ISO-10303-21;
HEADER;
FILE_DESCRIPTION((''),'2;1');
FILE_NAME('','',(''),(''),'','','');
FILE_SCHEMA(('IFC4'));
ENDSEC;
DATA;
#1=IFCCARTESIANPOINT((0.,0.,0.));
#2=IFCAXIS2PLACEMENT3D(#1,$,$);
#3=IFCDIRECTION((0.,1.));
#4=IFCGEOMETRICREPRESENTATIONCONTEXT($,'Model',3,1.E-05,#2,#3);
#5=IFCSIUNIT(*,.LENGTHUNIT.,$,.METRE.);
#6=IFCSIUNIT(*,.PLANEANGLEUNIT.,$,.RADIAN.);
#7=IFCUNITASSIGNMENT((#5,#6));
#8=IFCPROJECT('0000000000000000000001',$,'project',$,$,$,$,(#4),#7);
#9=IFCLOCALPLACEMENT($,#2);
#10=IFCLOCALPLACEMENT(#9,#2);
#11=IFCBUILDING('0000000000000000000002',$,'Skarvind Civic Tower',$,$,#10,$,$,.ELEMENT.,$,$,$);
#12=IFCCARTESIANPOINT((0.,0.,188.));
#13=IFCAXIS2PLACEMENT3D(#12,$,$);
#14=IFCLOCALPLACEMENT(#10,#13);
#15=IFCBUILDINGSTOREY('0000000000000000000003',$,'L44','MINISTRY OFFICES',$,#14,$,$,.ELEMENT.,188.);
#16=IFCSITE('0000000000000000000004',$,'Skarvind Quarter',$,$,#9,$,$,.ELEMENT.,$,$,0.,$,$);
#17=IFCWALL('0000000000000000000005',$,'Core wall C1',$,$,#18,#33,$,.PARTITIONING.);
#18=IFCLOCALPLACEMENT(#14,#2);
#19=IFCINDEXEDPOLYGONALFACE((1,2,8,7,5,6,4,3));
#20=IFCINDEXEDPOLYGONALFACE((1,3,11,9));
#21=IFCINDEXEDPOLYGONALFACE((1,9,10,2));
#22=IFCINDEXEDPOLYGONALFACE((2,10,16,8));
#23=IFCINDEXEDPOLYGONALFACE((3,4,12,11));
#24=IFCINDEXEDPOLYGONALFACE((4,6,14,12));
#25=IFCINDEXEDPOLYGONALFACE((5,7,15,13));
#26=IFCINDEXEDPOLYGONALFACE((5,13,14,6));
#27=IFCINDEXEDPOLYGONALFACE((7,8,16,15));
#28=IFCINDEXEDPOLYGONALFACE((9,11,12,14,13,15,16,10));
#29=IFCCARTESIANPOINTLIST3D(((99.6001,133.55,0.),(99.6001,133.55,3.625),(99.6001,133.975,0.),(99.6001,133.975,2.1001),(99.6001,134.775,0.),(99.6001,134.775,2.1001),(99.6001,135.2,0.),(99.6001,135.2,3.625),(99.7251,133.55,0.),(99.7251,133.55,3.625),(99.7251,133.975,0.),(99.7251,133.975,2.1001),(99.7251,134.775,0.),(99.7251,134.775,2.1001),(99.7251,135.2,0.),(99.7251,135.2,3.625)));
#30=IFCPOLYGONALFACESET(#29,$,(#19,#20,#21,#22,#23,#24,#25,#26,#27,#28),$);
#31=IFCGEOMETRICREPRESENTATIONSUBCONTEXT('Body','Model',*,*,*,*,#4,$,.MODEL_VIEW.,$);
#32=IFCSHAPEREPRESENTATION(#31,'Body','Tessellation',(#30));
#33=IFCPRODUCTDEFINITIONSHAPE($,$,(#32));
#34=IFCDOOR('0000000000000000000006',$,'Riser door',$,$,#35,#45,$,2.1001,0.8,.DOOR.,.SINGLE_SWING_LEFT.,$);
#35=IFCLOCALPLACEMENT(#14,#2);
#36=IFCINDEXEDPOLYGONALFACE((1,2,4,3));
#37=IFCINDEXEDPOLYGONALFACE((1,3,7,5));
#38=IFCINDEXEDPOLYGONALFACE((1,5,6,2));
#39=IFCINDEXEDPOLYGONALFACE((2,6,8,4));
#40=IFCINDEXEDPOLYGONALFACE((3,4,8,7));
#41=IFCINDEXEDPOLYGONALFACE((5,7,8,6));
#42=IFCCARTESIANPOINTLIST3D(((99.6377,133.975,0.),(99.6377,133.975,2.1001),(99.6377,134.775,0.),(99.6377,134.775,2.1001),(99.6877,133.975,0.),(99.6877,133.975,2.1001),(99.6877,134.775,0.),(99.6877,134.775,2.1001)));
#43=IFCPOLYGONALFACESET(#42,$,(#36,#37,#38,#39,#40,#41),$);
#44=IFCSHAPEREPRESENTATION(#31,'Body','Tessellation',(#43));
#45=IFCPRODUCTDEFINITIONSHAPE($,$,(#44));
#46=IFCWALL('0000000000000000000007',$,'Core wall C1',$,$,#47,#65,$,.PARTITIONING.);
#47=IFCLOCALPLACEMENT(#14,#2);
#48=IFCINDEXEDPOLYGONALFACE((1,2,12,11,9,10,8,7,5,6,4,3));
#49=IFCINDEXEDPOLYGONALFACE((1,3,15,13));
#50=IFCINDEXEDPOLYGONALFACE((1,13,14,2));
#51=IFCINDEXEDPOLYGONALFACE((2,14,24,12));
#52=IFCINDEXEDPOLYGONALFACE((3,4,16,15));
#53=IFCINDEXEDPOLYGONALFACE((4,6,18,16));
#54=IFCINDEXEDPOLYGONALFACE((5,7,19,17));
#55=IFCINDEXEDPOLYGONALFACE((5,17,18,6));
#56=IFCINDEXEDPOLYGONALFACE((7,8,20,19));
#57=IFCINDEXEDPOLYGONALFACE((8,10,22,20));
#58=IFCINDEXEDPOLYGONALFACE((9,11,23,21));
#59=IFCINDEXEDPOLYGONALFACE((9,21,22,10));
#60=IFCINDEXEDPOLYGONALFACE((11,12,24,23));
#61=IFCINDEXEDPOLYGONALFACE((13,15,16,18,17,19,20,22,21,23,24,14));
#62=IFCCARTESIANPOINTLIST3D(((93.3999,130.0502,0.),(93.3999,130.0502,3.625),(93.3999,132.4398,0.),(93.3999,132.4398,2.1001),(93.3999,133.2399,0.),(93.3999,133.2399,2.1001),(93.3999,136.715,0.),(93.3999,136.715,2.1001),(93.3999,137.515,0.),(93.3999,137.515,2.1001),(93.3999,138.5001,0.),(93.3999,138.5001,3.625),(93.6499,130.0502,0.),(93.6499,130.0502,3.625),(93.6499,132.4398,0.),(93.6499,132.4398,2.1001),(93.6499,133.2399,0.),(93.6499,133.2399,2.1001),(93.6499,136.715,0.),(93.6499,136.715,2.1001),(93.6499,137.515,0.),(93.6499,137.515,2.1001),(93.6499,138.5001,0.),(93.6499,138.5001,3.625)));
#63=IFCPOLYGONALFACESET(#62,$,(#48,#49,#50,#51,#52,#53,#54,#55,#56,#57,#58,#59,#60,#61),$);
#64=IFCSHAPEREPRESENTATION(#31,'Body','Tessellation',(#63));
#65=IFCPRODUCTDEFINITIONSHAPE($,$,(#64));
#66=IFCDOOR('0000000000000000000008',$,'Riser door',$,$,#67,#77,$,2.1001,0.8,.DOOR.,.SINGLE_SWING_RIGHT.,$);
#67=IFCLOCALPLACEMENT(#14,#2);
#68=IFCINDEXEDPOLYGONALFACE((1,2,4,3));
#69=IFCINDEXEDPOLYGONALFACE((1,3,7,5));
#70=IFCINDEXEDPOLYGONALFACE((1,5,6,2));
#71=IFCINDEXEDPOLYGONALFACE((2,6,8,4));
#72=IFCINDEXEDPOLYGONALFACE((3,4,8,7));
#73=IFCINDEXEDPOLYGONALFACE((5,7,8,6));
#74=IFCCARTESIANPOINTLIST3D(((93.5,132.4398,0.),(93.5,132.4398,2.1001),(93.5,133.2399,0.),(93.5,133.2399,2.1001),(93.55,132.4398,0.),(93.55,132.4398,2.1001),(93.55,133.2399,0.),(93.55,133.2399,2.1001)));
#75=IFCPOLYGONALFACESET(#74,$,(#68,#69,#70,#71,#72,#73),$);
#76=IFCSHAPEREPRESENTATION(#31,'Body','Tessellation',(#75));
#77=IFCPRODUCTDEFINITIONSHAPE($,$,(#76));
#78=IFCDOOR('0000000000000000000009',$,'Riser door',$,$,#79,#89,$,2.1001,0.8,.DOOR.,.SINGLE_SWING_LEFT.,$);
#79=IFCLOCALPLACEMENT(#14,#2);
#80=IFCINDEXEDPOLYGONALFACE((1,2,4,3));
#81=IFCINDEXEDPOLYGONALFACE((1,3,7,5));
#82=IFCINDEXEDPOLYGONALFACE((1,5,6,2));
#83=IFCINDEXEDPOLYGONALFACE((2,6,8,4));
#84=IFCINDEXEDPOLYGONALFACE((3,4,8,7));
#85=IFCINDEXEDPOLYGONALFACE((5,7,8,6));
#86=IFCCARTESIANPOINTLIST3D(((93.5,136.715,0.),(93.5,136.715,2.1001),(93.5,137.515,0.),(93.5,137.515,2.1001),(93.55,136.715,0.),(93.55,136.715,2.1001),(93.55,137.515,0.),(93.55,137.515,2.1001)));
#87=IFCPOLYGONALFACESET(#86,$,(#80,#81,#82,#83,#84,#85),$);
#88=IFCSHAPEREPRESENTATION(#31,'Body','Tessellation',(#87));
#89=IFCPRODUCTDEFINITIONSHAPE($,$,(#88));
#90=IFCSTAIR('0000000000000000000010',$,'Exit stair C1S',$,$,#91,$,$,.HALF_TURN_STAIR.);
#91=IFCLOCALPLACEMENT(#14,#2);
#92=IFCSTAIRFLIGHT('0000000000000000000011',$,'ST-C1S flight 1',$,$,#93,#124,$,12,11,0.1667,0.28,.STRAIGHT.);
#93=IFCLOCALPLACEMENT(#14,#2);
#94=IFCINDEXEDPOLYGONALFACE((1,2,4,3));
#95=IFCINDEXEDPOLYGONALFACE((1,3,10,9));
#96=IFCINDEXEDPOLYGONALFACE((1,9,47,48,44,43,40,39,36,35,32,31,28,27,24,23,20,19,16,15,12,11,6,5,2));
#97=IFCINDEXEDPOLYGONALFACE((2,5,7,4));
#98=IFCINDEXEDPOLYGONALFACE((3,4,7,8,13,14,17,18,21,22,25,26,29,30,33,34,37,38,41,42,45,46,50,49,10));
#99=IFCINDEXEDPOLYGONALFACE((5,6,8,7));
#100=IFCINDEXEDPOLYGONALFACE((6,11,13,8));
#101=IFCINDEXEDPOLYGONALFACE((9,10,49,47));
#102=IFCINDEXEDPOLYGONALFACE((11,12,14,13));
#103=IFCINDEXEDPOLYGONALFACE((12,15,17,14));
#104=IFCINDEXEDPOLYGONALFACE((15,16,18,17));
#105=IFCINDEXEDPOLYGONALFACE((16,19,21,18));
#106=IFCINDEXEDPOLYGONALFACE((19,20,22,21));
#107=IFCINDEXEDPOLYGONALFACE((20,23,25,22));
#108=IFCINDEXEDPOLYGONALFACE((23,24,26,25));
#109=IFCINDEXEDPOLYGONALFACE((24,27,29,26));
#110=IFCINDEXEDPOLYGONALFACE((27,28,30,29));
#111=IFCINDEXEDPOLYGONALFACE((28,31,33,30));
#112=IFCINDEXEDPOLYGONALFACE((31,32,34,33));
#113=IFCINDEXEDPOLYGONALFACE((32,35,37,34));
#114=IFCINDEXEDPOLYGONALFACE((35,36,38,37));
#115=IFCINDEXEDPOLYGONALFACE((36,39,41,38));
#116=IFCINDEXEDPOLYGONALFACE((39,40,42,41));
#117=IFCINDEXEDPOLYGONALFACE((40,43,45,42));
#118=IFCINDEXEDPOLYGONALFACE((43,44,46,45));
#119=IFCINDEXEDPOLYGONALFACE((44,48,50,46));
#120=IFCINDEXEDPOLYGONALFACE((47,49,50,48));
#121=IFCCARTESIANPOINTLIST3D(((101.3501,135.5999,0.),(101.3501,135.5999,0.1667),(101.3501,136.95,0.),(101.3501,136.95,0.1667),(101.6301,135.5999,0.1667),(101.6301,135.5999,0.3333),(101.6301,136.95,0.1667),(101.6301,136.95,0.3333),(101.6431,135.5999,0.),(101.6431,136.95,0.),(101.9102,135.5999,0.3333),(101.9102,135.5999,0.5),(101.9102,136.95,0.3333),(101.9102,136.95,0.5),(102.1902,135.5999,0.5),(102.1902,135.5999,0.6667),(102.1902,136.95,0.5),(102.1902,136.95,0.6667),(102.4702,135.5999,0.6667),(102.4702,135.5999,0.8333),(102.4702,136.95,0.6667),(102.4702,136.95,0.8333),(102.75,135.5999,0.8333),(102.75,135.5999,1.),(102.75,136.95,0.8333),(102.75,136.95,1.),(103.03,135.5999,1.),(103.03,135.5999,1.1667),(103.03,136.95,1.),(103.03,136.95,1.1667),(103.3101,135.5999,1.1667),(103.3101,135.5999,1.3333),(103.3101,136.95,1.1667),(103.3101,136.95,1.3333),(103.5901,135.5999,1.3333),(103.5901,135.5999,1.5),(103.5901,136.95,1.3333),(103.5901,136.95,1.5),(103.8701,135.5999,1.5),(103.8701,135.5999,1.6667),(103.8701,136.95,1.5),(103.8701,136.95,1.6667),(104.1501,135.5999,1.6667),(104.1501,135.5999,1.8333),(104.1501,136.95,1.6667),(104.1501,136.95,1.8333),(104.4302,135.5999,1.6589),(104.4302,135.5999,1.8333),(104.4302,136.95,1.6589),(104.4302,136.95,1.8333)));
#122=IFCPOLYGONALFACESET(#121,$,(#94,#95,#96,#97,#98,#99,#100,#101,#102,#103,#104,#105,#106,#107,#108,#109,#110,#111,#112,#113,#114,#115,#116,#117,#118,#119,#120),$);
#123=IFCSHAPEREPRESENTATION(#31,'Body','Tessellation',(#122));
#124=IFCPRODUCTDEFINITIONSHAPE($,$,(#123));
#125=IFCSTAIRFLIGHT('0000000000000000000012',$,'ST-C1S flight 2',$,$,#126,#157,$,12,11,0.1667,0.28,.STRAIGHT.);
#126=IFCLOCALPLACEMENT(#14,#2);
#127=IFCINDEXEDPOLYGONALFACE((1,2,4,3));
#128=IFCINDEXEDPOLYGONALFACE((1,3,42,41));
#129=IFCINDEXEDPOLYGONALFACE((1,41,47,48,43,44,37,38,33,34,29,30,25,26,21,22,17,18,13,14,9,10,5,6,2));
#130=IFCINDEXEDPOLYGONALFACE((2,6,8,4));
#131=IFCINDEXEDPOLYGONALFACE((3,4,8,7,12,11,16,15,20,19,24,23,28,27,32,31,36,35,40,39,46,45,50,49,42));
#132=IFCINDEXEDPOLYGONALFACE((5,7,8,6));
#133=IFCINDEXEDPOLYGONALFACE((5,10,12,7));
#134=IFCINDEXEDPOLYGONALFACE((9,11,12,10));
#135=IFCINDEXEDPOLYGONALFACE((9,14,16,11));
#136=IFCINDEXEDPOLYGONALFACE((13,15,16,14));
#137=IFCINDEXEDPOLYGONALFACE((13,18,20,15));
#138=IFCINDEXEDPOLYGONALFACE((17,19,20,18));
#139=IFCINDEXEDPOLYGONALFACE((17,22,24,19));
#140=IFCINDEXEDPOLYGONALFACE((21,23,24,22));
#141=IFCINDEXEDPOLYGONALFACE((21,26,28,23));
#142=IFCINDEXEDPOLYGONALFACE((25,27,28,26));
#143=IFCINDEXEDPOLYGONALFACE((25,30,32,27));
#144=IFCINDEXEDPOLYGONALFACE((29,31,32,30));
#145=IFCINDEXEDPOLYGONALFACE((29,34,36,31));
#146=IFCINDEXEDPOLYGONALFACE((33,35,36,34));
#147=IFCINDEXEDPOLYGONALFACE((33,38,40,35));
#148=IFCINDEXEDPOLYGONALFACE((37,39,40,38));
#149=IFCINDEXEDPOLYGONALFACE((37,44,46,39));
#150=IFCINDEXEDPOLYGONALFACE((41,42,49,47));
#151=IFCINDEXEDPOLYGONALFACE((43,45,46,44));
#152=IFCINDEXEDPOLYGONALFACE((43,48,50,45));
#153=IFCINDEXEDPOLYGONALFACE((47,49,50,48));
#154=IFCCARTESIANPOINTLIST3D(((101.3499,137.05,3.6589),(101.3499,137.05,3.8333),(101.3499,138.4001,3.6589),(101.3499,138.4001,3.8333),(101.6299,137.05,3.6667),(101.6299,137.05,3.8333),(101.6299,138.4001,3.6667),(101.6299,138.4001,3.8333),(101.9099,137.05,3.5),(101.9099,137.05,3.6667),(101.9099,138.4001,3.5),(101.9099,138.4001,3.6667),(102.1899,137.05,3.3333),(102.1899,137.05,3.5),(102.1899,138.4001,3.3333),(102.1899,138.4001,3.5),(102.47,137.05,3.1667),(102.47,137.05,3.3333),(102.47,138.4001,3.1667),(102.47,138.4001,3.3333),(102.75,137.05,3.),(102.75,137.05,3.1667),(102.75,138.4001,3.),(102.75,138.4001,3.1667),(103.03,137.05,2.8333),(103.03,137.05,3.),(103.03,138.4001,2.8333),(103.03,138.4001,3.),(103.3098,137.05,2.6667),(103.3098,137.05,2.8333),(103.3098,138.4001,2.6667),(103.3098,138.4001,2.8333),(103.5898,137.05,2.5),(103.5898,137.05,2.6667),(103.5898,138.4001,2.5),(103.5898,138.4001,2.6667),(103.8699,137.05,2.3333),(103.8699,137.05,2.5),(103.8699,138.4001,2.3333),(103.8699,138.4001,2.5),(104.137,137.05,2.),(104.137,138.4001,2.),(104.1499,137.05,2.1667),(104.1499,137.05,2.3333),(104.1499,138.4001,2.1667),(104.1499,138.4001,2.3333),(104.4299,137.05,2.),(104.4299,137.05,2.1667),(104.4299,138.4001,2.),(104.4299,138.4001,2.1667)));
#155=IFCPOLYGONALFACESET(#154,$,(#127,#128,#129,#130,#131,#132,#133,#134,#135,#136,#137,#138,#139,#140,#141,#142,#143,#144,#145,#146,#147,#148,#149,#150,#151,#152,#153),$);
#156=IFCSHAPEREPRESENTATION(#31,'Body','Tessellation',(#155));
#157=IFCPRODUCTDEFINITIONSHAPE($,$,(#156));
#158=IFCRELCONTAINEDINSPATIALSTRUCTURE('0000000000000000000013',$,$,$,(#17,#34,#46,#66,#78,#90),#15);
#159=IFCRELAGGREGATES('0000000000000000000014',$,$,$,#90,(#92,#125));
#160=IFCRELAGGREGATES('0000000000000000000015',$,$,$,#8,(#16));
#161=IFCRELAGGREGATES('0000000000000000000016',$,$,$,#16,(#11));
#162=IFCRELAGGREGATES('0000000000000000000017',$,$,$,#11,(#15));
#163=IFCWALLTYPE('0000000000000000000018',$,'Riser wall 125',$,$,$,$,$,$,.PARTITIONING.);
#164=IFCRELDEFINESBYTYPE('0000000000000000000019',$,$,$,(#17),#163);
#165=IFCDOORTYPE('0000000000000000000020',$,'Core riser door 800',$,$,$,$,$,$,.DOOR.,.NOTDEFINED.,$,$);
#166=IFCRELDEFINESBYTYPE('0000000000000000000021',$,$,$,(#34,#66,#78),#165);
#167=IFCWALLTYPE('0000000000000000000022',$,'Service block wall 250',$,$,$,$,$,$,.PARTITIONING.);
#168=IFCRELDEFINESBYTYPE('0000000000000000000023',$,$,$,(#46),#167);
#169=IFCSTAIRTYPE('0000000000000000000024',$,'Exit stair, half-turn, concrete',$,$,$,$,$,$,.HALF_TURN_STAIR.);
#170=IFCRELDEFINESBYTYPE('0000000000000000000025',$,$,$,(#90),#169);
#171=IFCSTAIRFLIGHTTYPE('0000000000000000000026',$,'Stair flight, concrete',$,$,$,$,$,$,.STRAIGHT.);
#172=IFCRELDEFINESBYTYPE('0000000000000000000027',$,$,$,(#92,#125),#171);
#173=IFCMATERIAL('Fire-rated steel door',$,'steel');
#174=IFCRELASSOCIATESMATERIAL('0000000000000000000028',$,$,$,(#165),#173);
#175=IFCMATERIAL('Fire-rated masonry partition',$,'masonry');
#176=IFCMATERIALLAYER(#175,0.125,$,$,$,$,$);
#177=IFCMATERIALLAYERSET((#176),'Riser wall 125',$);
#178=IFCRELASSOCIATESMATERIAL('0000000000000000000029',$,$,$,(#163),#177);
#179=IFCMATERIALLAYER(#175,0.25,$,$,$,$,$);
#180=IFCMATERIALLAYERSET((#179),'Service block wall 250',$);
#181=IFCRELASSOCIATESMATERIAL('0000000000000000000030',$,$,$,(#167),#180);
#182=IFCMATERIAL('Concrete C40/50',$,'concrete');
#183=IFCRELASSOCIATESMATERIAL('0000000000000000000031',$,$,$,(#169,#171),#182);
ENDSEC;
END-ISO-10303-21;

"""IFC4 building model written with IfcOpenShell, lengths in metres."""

from ifc_helpers import new_model, si_unit, direction, frame, frame_2d, origin, place, context, subcontext, project, spatial, polyline, rectangle, outline, extrude, material, layer, layer_set, type_object, element, fill, aggregate, save


model = new_model("IFC4")

# Units and contexts
model_context = context("Model", 3, precision=1e-05, world=origin(), true_north=direction((0.0, 1.0)))
body_context = subcontext(model_context, "Body", "Model", "MODEL_VIEW")
ifc_project = project(units=[si_unit("LENGTHUNIT", "METRE"), si_unit("PLANEANGLEUNIT", "RADIAN")], contexts=[model_context])

# Site, building, storey
site_placement = place(None, origin())
site = spatial("IfcSite", under=ifc_project, at=site_placement, Name="Skarvind Quarter", CompositionType="ELEMENT", RefElevation=0.0)
building_placement = place(site_placement, origin())
building = spatial("IfcBuilding", under=site, at=building_placement, Name="Skarvind Civic Tower", CompositionType="ELEMENT")
storey_placement = place(building_placement, frame((0.0, 0.0, 188.0)))
storey = spatial("IfcBuildingStorey", under=building, at=storey_placement, Name="L44", Description="MINISTRY OFFICES", CompositionType="ELEMENT", Elevation=188.0)

# Shared definitions
ifc_material_1 = material(Name="Fire-rated masonry partition", Category="masonry")
ifc_material_2 = material(Name="Fire-rated steel door", Category="steel")

# Shared definitions
door_type_1 = type_object("IfcDoorType", Name="Core riser door 800", OperationType="NOTDEFINED", PredefinedType="DOOR", material=ifc_material_2)

# Wall, opening, door
ifc_layer_1 = layer(ifc_material_1, 0.125)
ifc_layer_set_1 = layer_set([ifc_layer_1], Name="Riser wall 125")
wall_type_1 = type_object("IfcWallType", Name="Riser wall 125", PredefinedType="PARTITIONING", material=ifc_layer_set_1)
wall_1_placement = place(storey_placement, frame((99.6626, 133.55, 0.0), z_axis=(0.0, 0.0, 1.0), x_axis=(0.0, 1.0, 0.0)))
wall_1 = element("IfcWall", 1, at=wall_1_placement, inside=storey, type_object=wall_type_1, Name="Core wall C1", PredefinedType="PARTITIONING", context=body_context, shape_type="SweptSolid", body=[
    extrude(rectangle(XDim=1.6499, YDim=0.125, at=frame_2d((0.825, 0.0))), origin(), (0.0, 0.0, 1.0), 3.625),
])
opening_1_placement = place(wall_1_placement, frame((0.425, 0.0, 0.0)))
opening_1 = element("IfcOpeningElement", 2, at=opening_1_placement, cuts=wall_1, PredefinedType="OPENING", context=body_context, shape_type="SweptSolid", body=[
    extrude(rectangle(XDim=0.8, YDim=2.1001, at=frame_2d((0.3999, 1.05))), frame((0.0, 0.0725, 0.0), z_axis=(0.0, -1.0, 0.0), x_axis=(1.0, 0.0, 0.0)), (0.0, 0.0, 1.0), 0.145),
])
door_1_placement = place(opening_1_placement, origin())
door_1 = element("IfcDoor", 3, at=door_1_placement, inside=storey, type_object=door_type_1, Name="Riser door", OperationType="SINGLE_SWING_LEFT", OverallHeight=2.1001, OverallWidth=0.8, PredefinedType="DOOR", context=body_context, shape_type="SweptSolid", body=[
    extrude(rectangle(XDim=0.8, YDim=2.1001, at=frame_2d((0.3999, 1.05))), frame((0.0, 0.0249, 0.0), z_axis=(0.0, -1.0, 0.0), x_axis=(1.0, 0.0, 0.0)), (0.0, 0.0, 1.0), 0.05),
])
fill(opening_1, door_1)

# Wall, openings, doors
ifc_layer_2 = layer(ifc_material_1, 0.25)
ifc_layer_set_2 = layer_set([ifc_layer_2], Name="Service block wall 250")
wall_type_2 = type_object("IfcWallType", Name="Service block wall 250", PredefinedType="PARTITIONING", material=ifc_layer_set_2)
wall_2_placement = place(storey_placement, frame((93.5249, 130.05, 0.0), z_axis=(0.0, 0.0, 1.0), x_axis=(0.0, 1.0, 0.0)))
wall_2 = element("IfcWall", 4, at=wall_2_placement, inside=storey, type_object=wall_type_2, Name="Core wall C1", PredefinedType="PARTITIONING", context=body_context, shape_type="SweptSolid", body=[
    extrude(rectangle(XDim=8.45, YDim=0.25, at=frame_2d((4.2251, 0.0))), origin(), (0.0, 0.0, 1.0), 3.625),
])
opening_2_placement = place(wall_2_placement, frame((2.3899, 0.0, 0.0)))
opening_2 = element("IfcOpeningElement", 5, at=opening_2_placement, cuts=wall_2, PredefinedType="OPENING", context=body_context, shape_type="SweptSolid", body=[
    extrude(rectangle(XDim=0.8, YDim=2.1001, at=frame_2d((0.3999, 1.05))), frame((0.0, 0.135, 0.0), z_axis=(0.0, -1.0, 0.0), x_axis=(1.0, 0.0, 0.0)), (0.0, 0.0, 1.0), 0.27),
])
opening_3_placement = place(wall_2_placement, frame((6.665, 0.0, 0.0)))
opening_3 = element("IfcOpeningElement", 6, at=opening_3_placement, cuts=wall_2, PredefinedType="OPENING", context=body_context, shape_type="SweptSolid", body=[
    extrude(rectangle(XDim=0.8, YDim=2.1001, at=frame_2d((0.3999, 1.05))), frame((0.0, 0.135, 0.0), z_axis=(0.0, -1.0, 0.0), x_axis=(1.0, 0.0, 0.0)), (0.0, 0.0, 1.0), 0.27),
])
door_2_placement = place(opening_2_placement, origin())
door_2 = element("IfcDoor", 7, at=door_2_placement, inside=storey, type_object=door_type_1, Name="Riser door", OperationType="SINGLE_SWING_RIGHT", OverallHeight=2.1001, OverallWidth=0.8, PredefinedType="DOOR", context=body_context, shape_type="SweptSolid", body=[
    extrude(rectangle(XDim=0.8, YDim=2.1001, at=frame_2d((0.3999, 1.05))), frame((0.0, 0.0249, 0.0), z_axis=(0.0, -1.0, 0.0), x_axis=(1.0, 0.0, 0.0)), (0.0, 0.0, 1.0), 0.05),
])
fill(opening_2, door_2)
door_3_placement = place(opening_3_placement, origin())
door_3 = element("IfcDoor", 8, at=door_3_placement, inside=storey, type_object=door_type_1, Name="Riser door", OperationType="SINGLE_SWING_LEFT", OverallHeight=2.1001, OverallWidth=0.8, PredefinedType="DOOR", context=body_context, shape_type="SweptSolid", body=[
    extrude(rectangle(XDim=0.8, YDim=2.1001, at=frame_2d((0.3999, 1.05))), frame((0.0, 0.0249, 0.0), z_axis=(0.0, -1.0, 0.0), x_axis=(1.0, 0.0, 0.0)), (0.0, 0.0, 1.0), 0.05),
])
fill(opening_3, door_3)

# Stair, stair flights
ifc_material_3 = material(Name="Concrete C40/50", Category="concrete")
stair_type = type_object("IfcStairType", Name="Exit stair, half-turn, concrete", PredefinedType="HALF_TURN_STAIR", material=ifc_material_3)
stair_placement = place(storey_placement, origin())
stair = element("IfcStair", 9, at=stair_placement, inside=storey, type_object=stair_type, Name="Exit stair C1S", PredefinedType="HALF_TURN_STAIR")
stair_flight_type = type_object("IfcStairFlightType", Name="Stair flight, concrete", PredefinedType="STRAIGHT", material=ifc_material_3)
stair_flight_1_placement = place(storey_placement, frame((101.3501, 136.2749, 0.0), z_axis=(0.0, 0.0, 1.0), x_axis=(1.0, 0.0, 0.0)))
stair_flight_1 = element("IfcStairFlight", 10, at=stair_flight_1_placement, type_object=stair_flight_type, Name="ST-C1S flight 1", NumberOfRisers=12, NumberOfTreads=11, PredefinedType="STRAIGHT", RiserHeight=0.1667, TreadLength=0.28, context=body_context, shape_type="SweptSolid", body=[
    extrude(outline(polyline([(0.0, 0.0), (0.0, 0.1667), (0.28, 0.1667), (0.28, 0.3333), (0.5601, 0.3333), (0.5601, 0.5), (0.8401, 0.5), (0.8401, 0.6667), (1.1201, 0.6667), (1.1201, 0.8333), (1.3999, 0.8333), (1.3999, 1.0), (1.6799, 1.0), (1.6799, 1.1667), (1.96, 1.1667), (1.96, 1.3333), (2.24, 1.3333), (2.24, 1.5), (2.52, 1.5), (2.52, 1.6667), (2.8, 1.6667), (2.8, 1.8333), (3.0801, 1.8333), (3.0801, 2.0), (3.0801, 1.6589), (0.293, 0.0), (0.0, 0.0)])), frame((0.0, 0.675, 0.0), z_axis=(0.0, -1.0, 0.0), x_axis=(1.0, 0.0, 0.0)), (0.0, 0.0, 1.0), 1.3501),
])
stair_flight_2_placement = place(storey_placement, frame((104.4299, 137.7251, 2.0), z_axis=(0.0, 0.0, 1.0), x_axis=(-1.0, 0.0, 0.0)))
stair_flight_2 = element("IfcStairFlight", 11, at=stair_flight_2_placement, type_object=stair_flight_type, Name="ST-C1S flight 2", NumberOfRisers=12, NumberOfTreads=11, PredefinedType="STRAIGHT", RiserHeight=0.1667, TreadLength=0.28, context=body_context, shape_type="SweptSolid", body=[
    extrude(outline(polyline([(0.0, 0.0), (0.0, 0.1667), (0.28, 0.1667), (0.28, 0.3333), (0.5601, 0.3333), (0.5601, 0.5), (0.8401, 0.5), (0.8401, 0.6667), (1.1201, 0.6667), (1.1201, 0.8333), (1.3999, 0.8333), (1.3999, 1.0), (1.6799, 1.0), (1.6799, 1.1667), (1.96, 1.1667), (1.96, 1.3333), (2.24, 1.3333), (2.24, 1.5), (2.52, 1.5), (2.52, 1.6667), (2.8, 1.6667), (2.8, 1.8333), (3.0801, 1.8333), (3.0801, 2.0), (3.0801, 1.6589), (0.293, 0.0), (0.0, 0.0)])), frame((0.0, 0.675, 0.0), z_axis=(0.0, -1.0, 0.0), x_axis=(1.0, 0.0, 0.0)), (0.0, 0.0, 1.0), 1.3501),
])
aggregate(stair, [stair_flight_1, stair_flight_2])

save(model, "model.ifc")
